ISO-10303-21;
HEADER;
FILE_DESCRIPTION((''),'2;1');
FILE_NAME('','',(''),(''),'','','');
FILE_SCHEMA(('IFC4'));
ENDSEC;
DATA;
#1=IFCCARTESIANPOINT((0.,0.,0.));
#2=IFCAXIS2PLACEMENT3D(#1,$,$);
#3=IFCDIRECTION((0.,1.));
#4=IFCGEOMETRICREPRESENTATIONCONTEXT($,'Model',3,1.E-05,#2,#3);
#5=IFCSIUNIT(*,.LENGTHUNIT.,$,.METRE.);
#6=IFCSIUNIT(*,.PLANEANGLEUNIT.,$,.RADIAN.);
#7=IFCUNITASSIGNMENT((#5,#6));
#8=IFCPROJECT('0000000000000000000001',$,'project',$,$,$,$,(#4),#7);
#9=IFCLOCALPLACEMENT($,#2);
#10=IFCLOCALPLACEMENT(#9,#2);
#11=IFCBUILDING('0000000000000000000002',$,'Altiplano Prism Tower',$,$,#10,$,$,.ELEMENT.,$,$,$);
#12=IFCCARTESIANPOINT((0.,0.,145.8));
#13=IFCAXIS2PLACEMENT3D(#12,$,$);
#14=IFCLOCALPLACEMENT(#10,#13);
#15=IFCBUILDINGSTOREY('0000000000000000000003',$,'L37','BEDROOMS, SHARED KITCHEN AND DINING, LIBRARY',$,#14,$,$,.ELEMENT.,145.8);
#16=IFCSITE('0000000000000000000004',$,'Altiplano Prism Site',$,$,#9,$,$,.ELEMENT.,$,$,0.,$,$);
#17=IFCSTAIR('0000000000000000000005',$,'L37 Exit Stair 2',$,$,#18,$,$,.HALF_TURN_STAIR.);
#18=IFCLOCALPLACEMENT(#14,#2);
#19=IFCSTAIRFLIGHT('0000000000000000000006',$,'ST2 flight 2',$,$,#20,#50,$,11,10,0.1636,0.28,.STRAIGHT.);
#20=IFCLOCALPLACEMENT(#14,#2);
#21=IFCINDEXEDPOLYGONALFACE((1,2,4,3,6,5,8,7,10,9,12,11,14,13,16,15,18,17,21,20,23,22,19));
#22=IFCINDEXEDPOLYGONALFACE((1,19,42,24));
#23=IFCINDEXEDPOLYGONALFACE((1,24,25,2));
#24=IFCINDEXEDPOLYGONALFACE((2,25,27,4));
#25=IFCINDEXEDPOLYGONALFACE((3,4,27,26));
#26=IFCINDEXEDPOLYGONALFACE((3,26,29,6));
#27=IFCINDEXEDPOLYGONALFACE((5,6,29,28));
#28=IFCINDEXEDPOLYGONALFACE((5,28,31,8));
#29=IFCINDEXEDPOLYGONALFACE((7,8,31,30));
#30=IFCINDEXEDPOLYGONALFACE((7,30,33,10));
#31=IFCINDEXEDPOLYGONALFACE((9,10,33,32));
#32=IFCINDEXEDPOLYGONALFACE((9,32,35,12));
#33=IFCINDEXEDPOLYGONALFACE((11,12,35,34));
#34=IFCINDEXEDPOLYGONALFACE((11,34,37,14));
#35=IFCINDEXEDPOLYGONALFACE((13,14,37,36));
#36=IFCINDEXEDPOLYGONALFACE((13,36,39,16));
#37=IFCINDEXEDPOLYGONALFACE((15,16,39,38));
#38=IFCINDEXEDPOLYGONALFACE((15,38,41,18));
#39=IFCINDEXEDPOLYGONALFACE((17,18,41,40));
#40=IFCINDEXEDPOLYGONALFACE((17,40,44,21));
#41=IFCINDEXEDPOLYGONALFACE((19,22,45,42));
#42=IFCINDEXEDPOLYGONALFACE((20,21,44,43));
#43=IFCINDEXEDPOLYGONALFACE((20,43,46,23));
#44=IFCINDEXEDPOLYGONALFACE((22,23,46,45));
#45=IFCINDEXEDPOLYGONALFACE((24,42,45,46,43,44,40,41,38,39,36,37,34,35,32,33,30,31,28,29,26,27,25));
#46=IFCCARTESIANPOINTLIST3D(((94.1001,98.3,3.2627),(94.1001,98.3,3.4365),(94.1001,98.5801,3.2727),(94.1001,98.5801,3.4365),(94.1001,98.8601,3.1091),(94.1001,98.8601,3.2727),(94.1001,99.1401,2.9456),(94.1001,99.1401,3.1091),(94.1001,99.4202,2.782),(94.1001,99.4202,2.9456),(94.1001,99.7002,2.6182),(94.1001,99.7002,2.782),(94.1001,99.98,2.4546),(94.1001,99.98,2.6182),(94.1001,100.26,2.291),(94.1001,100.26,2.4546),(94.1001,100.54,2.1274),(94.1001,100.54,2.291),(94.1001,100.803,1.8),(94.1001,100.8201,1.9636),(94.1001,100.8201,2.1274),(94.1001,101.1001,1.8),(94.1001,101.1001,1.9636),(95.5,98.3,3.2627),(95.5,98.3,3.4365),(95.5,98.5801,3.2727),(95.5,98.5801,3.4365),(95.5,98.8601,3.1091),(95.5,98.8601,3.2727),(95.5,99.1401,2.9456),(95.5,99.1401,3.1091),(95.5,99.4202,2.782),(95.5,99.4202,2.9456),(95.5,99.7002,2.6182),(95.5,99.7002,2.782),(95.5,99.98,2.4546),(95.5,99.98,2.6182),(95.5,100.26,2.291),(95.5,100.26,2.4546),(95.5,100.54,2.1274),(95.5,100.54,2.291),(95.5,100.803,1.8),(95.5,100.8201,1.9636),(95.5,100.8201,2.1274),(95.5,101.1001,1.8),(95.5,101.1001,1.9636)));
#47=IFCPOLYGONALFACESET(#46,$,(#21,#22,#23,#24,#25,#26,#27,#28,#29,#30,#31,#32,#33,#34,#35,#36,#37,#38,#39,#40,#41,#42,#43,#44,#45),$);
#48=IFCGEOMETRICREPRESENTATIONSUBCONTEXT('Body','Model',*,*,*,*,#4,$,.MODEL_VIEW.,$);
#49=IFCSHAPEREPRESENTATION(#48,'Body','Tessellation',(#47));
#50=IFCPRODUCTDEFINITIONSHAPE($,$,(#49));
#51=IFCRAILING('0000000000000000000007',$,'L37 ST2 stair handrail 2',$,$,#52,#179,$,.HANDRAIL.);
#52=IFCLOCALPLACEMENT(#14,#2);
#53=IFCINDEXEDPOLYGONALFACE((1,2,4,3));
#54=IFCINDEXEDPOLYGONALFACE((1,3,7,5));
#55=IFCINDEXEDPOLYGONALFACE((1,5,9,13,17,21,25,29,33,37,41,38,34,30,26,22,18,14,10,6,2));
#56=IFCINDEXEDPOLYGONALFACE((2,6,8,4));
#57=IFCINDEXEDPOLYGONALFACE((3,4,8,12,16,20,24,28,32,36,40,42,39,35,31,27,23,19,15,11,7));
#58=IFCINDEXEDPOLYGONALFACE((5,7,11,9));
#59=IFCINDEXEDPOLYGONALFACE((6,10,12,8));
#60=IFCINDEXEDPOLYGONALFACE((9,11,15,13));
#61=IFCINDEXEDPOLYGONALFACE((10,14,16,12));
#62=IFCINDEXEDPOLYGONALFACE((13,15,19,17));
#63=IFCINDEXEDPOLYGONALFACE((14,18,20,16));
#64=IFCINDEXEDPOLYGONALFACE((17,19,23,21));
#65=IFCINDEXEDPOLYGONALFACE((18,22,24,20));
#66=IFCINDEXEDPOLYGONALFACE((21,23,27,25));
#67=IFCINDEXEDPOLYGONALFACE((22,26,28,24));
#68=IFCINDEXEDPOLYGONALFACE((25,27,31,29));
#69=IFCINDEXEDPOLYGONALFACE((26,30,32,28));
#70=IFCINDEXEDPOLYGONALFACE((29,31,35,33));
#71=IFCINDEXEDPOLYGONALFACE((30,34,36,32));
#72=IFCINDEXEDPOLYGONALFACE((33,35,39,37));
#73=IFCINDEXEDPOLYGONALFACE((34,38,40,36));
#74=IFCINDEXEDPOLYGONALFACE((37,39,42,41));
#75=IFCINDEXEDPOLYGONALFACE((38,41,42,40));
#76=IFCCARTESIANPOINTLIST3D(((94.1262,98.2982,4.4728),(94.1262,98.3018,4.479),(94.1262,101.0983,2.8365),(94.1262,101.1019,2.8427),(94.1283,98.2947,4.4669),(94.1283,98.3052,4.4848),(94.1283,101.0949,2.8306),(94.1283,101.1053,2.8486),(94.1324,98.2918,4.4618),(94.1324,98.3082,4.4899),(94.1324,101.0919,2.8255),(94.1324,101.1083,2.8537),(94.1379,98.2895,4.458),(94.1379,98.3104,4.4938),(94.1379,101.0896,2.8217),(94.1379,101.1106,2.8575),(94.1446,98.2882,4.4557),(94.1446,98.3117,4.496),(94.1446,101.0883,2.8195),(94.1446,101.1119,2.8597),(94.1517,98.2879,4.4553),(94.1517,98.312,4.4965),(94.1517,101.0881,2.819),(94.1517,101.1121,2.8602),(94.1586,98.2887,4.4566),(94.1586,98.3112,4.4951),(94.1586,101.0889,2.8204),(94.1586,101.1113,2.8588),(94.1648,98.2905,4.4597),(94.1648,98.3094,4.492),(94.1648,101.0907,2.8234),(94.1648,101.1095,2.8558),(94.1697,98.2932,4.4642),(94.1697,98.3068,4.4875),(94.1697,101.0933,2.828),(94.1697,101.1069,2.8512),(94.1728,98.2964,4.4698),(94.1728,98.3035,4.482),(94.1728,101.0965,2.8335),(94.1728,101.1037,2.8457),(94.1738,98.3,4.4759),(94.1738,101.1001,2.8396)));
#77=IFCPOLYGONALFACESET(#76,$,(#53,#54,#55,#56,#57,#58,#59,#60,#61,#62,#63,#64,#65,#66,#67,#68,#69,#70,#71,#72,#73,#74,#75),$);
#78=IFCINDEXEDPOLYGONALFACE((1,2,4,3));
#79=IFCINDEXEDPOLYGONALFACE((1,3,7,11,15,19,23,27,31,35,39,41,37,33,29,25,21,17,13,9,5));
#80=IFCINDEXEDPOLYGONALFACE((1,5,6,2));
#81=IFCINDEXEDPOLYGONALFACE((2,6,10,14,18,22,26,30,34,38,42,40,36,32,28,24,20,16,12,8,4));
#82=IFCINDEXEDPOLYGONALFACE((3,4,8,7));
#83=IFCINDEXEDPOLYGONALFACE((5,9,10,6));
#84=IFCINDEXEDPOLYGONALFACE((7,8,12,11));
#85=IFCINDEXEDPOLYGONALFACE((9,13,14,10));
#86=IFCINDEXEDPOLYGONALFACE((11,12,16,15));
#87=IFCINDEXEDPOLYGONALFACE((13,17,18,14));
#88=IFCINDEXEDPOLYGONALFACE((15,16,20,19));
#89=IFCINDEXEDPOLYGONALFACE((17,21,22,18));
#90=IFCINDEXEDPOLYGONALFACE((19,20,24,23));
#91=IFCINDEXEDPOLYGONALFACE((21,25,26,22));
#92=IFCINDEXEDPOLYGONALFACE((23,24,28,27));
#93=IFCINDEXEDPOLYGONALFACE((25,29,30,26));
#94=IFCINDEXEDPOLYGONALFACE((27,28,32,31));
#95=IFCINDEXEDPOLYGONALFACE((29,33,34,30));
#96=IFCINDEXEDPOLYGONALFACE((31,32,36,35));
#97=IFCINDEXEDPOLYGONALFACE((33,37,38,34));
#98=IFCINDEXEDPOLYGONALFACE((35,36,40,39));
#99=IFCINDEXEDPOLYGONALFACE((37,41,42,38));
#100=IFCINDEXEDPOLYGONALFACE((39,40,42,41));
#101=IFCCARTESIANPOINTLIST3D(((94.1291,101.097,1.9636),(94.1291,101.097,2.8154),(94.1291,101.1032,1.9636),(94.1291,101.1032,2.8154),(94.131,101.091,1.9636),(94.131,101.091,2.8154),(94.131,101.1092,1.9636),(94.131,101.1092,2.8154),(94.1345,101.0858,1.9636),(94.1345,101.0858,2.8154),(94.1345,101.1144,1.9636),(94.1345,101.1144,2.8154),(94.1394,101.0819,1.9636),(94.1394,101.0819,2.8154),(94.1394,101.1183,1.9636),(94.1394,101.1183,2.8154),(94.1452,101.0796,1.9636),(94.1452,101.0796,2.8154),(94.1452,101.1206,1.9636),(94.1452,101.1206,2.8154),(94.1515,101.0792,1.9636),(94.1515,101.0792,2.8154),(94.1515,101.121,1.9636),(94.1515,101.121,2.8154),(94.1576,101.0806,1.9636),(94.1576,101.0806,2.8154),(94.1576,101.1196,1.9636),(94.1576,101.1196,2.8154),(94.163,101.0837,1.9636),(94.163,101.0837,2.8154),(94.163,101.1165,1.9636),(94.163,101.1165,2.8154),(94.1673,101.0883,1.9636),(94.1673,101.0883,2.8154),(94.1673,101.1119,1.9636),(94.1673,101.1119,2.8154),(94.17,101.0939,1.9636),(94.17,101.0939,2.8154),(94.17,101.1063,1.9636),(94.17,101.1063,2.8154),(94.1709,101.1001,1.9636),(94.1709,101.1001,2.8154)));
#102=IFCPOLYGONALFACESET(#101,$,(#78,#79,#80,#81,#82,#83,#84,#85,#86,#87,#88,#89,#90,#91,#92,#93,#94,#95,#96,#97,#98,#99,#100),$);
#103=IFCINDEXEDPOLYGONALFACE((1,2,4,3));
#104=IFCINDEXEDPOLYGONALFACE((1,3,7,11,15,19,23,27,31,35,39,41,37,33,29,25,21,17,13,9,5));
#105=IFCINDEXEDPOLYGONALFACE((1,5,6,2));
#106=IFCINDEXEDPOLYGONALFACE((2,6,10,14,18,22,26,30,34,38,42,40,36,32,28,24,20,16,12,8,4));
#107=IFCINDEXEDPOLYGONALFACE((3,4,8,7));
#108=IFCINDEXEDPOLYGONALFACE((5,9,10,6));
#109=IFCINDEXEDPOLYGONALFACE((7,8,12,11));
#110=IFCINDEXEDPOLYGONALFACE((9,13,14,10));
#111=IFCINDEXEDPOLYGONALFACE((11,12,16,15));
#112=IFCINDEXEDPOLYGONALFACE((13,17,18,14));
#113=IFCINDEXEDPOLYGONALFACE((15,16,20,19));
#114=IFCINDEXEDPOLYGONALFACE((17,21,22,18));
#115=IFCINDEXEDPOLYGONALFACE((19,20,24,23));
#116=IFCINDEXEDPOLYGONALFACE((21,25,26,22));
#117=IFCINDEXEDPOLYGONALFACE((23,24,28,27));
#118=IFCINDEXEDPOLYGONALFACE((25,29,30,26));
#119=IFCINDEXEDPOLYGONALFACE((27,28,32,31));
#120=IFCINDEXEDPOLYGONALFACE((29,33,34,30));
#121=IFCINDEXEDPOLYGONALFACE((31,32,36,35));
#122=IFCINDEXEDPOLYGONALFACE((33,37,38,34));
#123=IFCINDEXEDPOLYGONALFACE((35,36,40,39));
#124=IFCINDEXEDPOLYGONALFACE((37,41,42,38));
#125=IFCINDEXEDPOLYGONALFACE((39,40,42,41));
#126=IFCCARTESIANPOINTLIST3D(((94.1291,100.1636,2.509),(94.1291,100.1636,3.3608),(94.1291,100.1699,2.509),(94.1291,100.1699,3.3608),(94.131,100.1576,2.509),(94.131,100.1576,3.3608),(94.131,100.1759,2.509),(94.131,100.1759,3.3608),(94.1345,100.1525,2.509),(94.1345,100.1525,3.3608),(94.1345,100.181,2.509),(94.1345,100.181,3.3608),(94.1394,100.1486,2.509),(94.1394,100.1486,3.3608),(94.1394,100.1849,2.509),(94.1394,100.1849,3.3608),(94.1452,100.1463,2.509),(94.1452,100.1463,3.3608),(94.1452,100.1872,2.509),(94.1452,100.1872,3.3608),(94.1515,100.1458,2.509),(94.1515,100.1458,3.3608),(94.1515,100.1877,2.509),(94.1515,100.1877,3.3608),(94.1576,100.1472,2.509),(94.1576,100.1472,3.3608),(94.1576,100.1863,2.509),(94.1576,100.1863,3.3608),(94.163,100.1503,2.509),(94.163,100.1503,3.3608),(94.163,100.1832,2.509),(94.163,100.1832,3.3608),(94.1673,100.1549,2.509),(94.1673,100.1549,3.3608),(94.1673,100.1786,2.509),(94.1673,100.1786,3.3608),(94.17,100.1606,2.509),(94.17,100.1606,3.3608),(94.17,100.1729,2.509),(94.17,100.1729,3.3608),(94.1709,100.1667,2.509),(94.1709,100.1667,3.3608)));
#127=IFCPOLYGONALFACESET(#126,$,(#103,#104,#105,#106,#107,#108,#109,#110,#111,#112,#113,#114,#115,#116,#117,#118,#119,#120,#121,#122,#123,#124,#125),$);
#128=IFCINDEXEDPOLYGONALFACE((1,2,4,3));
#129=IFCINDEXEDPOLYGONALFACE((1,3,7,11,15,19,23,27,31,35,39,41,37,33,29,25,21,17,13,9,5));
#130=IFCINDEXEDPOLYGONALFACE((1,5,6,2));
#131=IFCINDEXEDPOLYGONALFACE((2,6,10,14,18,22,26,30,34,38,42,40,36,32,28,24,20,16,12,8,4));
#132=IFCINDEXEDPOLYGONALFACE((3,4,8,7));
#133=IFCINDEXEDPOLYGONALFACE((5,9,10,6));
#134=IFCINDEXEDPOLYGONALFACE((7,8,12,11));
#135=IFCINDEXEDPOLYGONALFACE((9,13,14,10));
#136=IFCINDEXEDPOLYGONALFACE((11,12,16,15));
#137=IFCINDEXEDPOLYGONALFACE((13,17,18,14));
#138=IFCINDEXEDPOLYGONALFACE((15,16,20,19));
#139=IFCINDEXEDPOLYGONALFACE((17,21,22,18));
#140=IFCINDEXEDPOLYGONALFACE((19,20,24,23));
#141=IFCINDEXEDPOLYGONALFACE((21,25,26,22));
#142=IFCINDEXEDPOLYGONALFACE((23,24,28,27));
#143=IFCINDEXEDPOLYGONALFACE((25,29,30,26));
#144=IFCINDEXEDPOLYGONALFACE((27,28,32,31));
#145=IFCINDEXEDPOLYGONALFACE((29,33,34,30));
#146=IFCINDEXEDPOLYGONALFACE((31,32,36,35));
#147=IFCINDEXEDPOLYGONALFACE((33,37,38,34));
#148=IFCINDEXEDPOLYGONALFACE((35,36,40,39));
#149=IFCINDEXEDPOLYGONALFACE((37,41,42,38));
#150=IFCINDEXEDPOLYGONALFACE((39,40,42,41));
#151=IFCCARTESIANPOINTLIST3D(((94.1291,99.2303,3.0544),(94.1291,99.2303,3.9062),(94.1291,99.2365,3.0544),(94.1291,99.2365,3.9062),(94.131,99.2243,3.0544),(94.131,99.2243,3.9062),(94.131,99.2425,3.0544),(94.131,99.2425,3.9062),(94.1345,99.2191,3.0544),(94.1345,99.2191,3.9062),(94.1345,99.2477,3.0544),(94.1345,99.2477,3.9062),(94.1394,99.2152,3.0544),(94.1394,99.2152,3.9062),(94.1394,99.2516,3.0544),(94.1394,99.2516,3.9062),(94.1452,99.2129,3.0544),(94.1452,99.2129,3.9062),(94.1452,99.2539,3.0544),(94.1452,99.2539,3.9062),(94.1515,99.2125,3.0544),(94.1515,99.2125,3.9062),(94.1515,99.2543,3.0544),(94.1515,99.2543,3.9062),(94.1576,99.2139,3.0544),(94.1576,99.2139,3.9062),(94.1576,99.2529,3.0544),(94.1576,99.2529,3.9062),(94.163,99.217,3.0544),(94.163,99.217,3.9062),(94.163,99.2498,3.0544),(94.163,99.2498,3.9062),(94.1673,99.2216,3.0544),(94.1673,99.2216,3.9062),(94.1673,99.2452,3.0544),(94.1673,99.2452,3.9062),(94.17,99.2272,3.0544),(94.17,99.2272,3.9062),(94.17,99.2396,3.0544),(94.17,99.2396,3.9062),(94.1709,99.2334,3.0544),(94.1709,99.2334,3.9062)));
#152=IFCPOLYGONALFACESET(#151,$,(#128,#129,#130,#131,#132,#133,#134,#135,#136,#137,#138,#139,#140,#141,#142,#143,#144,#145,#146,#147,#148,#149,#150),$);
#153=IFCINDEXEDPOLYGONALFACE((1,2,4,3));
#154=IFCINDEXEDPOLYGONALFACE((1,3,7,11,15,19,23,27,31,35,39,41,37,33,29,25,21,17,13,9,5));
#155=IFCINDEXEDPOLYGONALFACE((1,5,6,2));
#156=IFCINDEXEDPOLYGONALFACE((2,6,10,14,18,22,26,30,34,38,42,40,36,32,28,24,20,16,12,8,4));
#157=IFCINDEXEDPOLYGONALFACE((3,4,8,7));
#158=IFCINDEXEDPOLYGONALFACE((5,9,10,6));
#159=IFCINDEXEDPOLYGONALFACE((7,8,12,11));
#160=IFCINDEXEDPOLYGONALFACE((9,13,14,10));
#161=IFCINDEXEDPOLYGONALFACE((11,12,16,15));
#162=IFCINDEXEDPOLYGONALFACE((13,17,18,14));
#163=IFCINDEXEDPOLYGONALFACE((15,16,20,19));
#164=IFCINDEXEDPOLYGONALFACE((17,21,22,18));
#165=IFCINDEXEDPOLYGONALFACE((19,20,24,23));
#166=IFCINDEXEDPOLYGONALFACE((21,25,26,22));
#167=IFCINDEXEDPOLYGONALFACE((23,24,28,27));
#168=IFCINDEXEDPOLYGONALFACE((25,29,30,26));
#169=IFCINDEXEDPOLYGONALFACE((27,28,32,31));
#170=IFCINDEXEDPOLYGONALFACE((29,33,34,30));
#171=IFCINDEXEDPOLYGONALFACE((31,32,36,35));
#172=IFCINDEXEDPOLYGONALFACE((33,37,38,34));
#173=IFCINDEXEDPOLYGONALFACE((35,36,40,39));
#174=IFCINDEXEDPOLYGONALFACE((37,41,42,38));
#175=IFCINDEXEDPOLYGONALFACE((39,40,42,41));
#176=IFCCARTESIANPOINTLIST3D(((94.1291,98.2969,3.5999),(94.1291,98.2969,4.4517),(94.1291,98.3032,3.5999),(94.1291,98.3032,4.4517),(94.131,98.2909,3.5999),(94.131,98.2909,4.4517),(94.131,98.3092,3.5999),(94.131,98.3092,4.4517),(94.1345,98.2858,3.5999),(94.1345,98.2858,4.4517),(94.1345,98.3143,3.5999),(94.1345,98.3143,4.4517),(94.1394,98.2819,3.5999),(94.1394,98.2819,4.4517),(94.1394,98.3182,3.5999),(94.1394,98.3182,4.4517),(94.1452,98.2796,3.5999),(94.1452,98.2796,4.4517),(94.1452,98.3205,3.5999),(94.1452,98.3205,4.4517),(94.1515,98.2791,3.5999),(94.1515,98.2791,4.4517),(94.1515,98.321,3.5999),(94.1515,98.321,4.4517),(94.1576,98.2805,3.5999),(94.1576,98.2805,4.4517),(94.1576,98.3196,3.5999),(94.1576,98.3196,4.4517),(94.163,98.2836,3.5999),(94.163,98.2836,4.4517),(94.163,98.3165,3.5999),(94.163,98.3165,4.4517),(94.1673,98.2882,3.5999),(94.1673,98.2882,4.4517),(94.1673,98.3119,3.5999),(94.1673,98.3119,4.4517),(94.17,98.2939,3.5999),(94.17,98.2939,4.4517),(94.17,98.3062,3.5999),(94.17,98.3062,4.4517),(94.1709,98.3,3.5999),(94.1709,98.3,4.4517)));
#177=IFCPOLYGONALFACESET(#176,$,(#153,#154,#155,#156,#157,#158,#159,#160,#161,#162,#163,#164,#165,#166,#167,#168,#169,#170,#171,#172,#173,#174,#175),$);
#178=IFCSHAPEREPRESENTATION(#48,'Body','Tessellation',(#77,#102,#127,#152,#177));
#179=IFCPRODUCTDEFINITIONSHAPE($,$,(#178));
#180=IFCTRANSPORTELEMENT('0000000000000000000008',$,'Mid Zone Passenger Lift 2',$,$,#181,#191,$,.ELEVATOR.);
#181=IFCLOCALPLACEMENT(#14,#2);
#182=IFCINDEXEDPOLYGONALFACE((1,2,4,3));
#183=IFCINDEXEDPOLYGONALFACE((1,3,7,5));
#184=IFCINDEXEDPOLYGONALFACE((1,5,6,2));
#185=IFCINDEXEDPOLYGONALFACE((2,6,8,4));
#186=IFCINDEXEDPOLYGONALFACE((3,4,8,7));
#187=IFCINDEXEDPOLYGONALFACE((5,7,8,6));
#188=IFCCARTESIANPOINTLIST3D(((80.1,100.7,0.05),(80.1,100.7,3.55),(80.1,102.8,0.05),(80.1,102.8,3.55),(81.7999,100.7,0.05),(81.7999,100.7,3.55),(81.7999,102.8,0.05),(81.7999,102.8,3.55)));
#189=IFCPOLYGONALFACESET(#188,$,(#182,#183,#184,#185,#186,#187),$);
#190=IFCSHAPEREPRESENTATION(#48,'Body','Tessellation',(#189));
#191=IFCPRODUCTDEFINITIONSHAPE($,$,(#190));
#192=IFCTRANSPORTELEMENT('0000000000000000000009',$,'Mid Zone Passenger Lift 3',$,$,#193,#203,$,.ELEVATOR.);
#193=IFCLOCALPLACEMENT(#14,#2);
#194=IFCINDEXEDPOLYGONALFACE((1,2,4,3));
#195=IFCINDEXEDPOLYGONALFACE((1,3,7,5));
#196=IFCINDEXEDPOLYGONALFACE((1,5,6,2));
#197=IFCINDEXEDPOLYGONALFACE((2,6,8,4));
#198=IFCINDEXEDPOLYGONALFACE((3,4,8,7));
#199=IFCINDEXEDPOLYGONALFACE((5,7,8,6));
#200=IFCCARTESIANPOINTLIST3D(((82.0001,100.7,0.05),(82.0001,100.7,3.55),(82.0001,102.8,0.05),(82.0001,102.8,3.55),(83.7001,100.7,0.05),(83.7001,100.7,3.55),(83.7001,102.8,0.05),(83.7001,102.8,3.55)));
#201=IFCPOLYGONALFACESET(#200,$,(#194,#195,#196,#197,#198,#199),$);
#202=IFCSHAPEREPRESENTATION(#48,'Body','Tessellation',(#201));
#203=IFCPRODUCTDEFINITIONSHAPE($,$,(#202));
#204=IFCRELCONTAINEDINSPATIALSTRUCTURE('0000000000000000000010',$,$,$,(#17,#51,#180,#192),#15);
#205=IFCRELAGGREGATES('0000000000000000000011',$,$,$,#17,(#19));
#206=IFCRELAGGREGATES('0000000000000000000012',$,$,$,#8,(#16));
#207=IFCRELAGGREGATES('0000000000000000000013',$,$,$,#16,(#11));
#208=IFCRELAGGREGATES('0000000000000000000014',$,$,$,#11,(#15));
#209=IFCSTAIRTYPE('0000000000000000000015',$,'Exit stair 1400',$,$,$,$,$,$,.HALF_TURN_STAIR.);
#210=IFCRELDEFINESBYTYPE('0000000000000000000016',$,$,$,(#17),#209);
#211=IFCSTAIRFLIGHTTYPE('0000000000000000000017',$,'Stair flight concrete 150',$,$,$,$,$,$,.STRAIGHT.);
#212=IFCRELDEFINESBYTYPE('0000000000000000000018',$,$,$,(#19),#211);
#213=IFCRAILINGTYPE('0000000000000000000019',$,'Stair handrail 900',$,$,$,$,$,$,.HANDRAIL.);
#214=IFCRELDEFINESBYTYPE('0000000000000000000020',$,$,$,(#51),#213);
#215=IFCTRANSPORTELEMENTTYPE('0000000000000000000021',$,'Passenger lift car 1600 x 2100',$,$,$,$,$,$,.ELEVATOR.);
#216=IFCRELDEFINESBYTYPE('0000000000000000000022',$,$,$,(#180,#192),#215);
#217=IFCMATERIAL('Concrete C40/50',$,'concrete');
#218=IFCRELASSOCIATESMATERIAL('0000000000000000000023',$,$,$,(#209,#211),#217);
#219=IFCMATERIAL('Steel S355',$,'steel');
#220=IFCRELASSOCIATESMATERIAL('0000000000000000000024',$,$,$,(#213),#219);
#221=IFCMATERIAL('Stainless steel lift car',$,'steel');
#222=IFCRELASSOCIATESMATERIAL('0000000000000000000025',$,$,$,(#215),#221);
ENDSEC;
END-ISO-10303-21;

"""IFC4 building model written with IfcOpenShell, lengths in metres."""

from ifc_helpers import new_model, si_unit, direction, frame, origin, origin_2d, place, context, subcontext, project, spatial, polyline, rectangle, circle, outline, extrude, material, type_object, element, aggregate, save


model = new_model("IFC4")

# Units and contexts
model_context = context("Model", 3, precision=1e-05, world=origin(), true_north=direction((0.0, 1.0)))
body_context = subcontext(model_context, "Body", "Model", "MODEL_VIEW")
ifc_project = project(units=[si_unit("LENGTHUNIT", "METRE"), si_unit("PLANEANGLEUNIT", "RADIAN")], contexts=[model_context])

# Site, building, storey
site_placement = place(None, origin())
site = spatial("IfcSite", under=ifc_project, at=site_placement, Name="Altiplano Prism Site", CompositionType="ELEMENT", RefElevation=0.0)
building_placement = place(site_placement, origin())
building = spatial("IfcBuilding", under=site, at=building_placement, Name="Altiplano Prism Tower", CompositionType="ELEMENT")
storey_placement = place(building_placement, frame((0.0, 0.0, 145.8)))
storey = spatial("IfcBuildingStorey", under=building, at=storey_placement, Name="L37", Description="BEDROOMS, SHARED KITCHEN AND DINING, LIBRARY", CompositionType="ELEMENT", Elevation=145.8)

# Stair, stair flight
ifc_material_1 = material(Name="Concrete C40/50", Category="concrete")
stair_type = type_object("IfcStairType", Name="Exit stair 1400", PredefinedType="HALF_TURN_STAIR", material=ifc_material_1)
stair_placement = place(storey_placement, origin())
stair = element("IfcStair", 1, at=stair_placement, inside=storey, type_object=stair_type, Name="L37 Exit Stair 2", PredefinedType="HALF_TURN_STAIR")
stair_flight_type = type_object("IfcStairFlightType", Name="Stair flight concrete 150", PredefinedType="STRAIGHT", material=ifc_material_1)
stair_flight_placement = place(storey_placement, frame((94.8, 101.1001, 1.8), z_axis=(0.0, 0.0, 1.0), x_axis=(0.0, -1.0, 0.0)))
stair_flight = element("IfcStairFlight", 2, at=stair_flight_placement, type_object=stair_flight_type, Name="ST2 flight 2", NumberOfRisers=11, NumberOfTreads=10, PredefinedType="STRAIGHT", RiserHeight=0.1636, TreadLength=0.28, context=body_context, shape_type="SweptSolid", body=[
    extrude(outline(polyline([(0.0, 0.0), (0.0, 0.1636), (0.28, 0.1636), (0.28, 0.3274), (0.5601, 0.3274), (0.5601, 0.491), (0.8401, 0.491), (0.8401, 0.6545), (1.1201, 0.6545), (1.1201, 0.8181), (1.3999, 0.8181), (1.3999, 0.9819), (1.6799, 0.9819), (1.6799, 1.1455), (1.96, 1.1455), (1.96, 1.3091), (2.24, 1.3091), (2.24, 1.4727), (2.52, 1.4727), (2.52, 1.6365), (2.8, 1.6365), (2.8, 1.8), (2.8, 1.4626), (0.2971, 0.0), (0.0, 0.0)])), frame((0.0, 0.7, 0.0), z_axis=(0.0, -1.0, 0.0), x_axis=(1.0, 0.0, 0.0)), (0.0, 0.0, 1.0), 1.3999),
])
aggregate(stair, [stair_flight])

# Railing
ifc_material_2 = material(Name="Steel S355", Category="steel")
railing_type = type_object("IfcRailingType", Name="Stair handrail 900", PredefinedType="HANDRAIL", material=ifc_material_2)
railing_placement = place(storey_placement, frame((94.1499, 101.1001, 1.9636)))
element("IfcRailing", 3, at=railing_placement, inside=storey, type_object=railing_type, Name="L37 ST2 stair handrail 2", PredefinedType="HANDRAIL", context=body_context, shape_type="SweptSolid", body=[
    extrude(circle(Radius=0.0239, at=origin_2d()), frame((0.0, 0.0, 0.876), z_axis=(0.0, -0.863394, 0.504531), x_axis=(1.0, 0.0, 0.0)), (0.0, 0.0, 1.0), 3.2432),
    extrude(circle(Radius=0.021, at=origin_2d()), origin(), (0.0, 0.0, 1.0), 0.8518),
    extrude(circle(Radius=0.021, at=origin_2d()), frame((0.0, -0.9333, 0.5454)), (0.0, 0.0, 1.0), 0.8518),
    extrude(circle(Radius=0.021, at=origin_2d()), frame((0.0, -1.8667, 1.0908)), (0.0, 0.0, 1.0), 0.8518),
    extrude(circle(Radius=0.021, at=origin_2d()), frame((0.0, -2.8, 1.6362)), (0.0, 0.0, 1.0), 0.8518),
])

# Transport elements
ifc_material_3 = material(Name="Stainless steel lift car", Category="steel")
transport_element_type = type_object("IfcTransportElementType", Name="Passenger lift car 1600 x 2100", PredefinedType="ELEVATOR", material=ifc_material_3)
for number, where, z_axis, x_axis, name in (
    (4, (80.95, 101.75, 0.05), (0.0, 0.0, 1.0), (1.0, 0.0, 0.0), "Mid Zone Passenger Lift 2"),
    (5, (82.8501, 101.75, 0.05), (0.0, 0.0, 1.0), (1.0, 0.0, 0.0), "Mid Zone Passenger Lift 3"),
):
    element("IfcTransportElement", number, at=place(storey_placement, frame(where, z_axis=z_axis, x_axis=x_axis)), inside=storey, type_object=transport_element_type, Name=name, PredefinedType="ELEVATOR", context=body_context, shape_type="SweptSolid", body=[
        extrude(rectangle(XDim=1.7, YDim=2.1001, at=origin_2d()), origin(), (0.0, 0.0, 1.0), 3.5),
    ])

save(model, "model.ifc")
